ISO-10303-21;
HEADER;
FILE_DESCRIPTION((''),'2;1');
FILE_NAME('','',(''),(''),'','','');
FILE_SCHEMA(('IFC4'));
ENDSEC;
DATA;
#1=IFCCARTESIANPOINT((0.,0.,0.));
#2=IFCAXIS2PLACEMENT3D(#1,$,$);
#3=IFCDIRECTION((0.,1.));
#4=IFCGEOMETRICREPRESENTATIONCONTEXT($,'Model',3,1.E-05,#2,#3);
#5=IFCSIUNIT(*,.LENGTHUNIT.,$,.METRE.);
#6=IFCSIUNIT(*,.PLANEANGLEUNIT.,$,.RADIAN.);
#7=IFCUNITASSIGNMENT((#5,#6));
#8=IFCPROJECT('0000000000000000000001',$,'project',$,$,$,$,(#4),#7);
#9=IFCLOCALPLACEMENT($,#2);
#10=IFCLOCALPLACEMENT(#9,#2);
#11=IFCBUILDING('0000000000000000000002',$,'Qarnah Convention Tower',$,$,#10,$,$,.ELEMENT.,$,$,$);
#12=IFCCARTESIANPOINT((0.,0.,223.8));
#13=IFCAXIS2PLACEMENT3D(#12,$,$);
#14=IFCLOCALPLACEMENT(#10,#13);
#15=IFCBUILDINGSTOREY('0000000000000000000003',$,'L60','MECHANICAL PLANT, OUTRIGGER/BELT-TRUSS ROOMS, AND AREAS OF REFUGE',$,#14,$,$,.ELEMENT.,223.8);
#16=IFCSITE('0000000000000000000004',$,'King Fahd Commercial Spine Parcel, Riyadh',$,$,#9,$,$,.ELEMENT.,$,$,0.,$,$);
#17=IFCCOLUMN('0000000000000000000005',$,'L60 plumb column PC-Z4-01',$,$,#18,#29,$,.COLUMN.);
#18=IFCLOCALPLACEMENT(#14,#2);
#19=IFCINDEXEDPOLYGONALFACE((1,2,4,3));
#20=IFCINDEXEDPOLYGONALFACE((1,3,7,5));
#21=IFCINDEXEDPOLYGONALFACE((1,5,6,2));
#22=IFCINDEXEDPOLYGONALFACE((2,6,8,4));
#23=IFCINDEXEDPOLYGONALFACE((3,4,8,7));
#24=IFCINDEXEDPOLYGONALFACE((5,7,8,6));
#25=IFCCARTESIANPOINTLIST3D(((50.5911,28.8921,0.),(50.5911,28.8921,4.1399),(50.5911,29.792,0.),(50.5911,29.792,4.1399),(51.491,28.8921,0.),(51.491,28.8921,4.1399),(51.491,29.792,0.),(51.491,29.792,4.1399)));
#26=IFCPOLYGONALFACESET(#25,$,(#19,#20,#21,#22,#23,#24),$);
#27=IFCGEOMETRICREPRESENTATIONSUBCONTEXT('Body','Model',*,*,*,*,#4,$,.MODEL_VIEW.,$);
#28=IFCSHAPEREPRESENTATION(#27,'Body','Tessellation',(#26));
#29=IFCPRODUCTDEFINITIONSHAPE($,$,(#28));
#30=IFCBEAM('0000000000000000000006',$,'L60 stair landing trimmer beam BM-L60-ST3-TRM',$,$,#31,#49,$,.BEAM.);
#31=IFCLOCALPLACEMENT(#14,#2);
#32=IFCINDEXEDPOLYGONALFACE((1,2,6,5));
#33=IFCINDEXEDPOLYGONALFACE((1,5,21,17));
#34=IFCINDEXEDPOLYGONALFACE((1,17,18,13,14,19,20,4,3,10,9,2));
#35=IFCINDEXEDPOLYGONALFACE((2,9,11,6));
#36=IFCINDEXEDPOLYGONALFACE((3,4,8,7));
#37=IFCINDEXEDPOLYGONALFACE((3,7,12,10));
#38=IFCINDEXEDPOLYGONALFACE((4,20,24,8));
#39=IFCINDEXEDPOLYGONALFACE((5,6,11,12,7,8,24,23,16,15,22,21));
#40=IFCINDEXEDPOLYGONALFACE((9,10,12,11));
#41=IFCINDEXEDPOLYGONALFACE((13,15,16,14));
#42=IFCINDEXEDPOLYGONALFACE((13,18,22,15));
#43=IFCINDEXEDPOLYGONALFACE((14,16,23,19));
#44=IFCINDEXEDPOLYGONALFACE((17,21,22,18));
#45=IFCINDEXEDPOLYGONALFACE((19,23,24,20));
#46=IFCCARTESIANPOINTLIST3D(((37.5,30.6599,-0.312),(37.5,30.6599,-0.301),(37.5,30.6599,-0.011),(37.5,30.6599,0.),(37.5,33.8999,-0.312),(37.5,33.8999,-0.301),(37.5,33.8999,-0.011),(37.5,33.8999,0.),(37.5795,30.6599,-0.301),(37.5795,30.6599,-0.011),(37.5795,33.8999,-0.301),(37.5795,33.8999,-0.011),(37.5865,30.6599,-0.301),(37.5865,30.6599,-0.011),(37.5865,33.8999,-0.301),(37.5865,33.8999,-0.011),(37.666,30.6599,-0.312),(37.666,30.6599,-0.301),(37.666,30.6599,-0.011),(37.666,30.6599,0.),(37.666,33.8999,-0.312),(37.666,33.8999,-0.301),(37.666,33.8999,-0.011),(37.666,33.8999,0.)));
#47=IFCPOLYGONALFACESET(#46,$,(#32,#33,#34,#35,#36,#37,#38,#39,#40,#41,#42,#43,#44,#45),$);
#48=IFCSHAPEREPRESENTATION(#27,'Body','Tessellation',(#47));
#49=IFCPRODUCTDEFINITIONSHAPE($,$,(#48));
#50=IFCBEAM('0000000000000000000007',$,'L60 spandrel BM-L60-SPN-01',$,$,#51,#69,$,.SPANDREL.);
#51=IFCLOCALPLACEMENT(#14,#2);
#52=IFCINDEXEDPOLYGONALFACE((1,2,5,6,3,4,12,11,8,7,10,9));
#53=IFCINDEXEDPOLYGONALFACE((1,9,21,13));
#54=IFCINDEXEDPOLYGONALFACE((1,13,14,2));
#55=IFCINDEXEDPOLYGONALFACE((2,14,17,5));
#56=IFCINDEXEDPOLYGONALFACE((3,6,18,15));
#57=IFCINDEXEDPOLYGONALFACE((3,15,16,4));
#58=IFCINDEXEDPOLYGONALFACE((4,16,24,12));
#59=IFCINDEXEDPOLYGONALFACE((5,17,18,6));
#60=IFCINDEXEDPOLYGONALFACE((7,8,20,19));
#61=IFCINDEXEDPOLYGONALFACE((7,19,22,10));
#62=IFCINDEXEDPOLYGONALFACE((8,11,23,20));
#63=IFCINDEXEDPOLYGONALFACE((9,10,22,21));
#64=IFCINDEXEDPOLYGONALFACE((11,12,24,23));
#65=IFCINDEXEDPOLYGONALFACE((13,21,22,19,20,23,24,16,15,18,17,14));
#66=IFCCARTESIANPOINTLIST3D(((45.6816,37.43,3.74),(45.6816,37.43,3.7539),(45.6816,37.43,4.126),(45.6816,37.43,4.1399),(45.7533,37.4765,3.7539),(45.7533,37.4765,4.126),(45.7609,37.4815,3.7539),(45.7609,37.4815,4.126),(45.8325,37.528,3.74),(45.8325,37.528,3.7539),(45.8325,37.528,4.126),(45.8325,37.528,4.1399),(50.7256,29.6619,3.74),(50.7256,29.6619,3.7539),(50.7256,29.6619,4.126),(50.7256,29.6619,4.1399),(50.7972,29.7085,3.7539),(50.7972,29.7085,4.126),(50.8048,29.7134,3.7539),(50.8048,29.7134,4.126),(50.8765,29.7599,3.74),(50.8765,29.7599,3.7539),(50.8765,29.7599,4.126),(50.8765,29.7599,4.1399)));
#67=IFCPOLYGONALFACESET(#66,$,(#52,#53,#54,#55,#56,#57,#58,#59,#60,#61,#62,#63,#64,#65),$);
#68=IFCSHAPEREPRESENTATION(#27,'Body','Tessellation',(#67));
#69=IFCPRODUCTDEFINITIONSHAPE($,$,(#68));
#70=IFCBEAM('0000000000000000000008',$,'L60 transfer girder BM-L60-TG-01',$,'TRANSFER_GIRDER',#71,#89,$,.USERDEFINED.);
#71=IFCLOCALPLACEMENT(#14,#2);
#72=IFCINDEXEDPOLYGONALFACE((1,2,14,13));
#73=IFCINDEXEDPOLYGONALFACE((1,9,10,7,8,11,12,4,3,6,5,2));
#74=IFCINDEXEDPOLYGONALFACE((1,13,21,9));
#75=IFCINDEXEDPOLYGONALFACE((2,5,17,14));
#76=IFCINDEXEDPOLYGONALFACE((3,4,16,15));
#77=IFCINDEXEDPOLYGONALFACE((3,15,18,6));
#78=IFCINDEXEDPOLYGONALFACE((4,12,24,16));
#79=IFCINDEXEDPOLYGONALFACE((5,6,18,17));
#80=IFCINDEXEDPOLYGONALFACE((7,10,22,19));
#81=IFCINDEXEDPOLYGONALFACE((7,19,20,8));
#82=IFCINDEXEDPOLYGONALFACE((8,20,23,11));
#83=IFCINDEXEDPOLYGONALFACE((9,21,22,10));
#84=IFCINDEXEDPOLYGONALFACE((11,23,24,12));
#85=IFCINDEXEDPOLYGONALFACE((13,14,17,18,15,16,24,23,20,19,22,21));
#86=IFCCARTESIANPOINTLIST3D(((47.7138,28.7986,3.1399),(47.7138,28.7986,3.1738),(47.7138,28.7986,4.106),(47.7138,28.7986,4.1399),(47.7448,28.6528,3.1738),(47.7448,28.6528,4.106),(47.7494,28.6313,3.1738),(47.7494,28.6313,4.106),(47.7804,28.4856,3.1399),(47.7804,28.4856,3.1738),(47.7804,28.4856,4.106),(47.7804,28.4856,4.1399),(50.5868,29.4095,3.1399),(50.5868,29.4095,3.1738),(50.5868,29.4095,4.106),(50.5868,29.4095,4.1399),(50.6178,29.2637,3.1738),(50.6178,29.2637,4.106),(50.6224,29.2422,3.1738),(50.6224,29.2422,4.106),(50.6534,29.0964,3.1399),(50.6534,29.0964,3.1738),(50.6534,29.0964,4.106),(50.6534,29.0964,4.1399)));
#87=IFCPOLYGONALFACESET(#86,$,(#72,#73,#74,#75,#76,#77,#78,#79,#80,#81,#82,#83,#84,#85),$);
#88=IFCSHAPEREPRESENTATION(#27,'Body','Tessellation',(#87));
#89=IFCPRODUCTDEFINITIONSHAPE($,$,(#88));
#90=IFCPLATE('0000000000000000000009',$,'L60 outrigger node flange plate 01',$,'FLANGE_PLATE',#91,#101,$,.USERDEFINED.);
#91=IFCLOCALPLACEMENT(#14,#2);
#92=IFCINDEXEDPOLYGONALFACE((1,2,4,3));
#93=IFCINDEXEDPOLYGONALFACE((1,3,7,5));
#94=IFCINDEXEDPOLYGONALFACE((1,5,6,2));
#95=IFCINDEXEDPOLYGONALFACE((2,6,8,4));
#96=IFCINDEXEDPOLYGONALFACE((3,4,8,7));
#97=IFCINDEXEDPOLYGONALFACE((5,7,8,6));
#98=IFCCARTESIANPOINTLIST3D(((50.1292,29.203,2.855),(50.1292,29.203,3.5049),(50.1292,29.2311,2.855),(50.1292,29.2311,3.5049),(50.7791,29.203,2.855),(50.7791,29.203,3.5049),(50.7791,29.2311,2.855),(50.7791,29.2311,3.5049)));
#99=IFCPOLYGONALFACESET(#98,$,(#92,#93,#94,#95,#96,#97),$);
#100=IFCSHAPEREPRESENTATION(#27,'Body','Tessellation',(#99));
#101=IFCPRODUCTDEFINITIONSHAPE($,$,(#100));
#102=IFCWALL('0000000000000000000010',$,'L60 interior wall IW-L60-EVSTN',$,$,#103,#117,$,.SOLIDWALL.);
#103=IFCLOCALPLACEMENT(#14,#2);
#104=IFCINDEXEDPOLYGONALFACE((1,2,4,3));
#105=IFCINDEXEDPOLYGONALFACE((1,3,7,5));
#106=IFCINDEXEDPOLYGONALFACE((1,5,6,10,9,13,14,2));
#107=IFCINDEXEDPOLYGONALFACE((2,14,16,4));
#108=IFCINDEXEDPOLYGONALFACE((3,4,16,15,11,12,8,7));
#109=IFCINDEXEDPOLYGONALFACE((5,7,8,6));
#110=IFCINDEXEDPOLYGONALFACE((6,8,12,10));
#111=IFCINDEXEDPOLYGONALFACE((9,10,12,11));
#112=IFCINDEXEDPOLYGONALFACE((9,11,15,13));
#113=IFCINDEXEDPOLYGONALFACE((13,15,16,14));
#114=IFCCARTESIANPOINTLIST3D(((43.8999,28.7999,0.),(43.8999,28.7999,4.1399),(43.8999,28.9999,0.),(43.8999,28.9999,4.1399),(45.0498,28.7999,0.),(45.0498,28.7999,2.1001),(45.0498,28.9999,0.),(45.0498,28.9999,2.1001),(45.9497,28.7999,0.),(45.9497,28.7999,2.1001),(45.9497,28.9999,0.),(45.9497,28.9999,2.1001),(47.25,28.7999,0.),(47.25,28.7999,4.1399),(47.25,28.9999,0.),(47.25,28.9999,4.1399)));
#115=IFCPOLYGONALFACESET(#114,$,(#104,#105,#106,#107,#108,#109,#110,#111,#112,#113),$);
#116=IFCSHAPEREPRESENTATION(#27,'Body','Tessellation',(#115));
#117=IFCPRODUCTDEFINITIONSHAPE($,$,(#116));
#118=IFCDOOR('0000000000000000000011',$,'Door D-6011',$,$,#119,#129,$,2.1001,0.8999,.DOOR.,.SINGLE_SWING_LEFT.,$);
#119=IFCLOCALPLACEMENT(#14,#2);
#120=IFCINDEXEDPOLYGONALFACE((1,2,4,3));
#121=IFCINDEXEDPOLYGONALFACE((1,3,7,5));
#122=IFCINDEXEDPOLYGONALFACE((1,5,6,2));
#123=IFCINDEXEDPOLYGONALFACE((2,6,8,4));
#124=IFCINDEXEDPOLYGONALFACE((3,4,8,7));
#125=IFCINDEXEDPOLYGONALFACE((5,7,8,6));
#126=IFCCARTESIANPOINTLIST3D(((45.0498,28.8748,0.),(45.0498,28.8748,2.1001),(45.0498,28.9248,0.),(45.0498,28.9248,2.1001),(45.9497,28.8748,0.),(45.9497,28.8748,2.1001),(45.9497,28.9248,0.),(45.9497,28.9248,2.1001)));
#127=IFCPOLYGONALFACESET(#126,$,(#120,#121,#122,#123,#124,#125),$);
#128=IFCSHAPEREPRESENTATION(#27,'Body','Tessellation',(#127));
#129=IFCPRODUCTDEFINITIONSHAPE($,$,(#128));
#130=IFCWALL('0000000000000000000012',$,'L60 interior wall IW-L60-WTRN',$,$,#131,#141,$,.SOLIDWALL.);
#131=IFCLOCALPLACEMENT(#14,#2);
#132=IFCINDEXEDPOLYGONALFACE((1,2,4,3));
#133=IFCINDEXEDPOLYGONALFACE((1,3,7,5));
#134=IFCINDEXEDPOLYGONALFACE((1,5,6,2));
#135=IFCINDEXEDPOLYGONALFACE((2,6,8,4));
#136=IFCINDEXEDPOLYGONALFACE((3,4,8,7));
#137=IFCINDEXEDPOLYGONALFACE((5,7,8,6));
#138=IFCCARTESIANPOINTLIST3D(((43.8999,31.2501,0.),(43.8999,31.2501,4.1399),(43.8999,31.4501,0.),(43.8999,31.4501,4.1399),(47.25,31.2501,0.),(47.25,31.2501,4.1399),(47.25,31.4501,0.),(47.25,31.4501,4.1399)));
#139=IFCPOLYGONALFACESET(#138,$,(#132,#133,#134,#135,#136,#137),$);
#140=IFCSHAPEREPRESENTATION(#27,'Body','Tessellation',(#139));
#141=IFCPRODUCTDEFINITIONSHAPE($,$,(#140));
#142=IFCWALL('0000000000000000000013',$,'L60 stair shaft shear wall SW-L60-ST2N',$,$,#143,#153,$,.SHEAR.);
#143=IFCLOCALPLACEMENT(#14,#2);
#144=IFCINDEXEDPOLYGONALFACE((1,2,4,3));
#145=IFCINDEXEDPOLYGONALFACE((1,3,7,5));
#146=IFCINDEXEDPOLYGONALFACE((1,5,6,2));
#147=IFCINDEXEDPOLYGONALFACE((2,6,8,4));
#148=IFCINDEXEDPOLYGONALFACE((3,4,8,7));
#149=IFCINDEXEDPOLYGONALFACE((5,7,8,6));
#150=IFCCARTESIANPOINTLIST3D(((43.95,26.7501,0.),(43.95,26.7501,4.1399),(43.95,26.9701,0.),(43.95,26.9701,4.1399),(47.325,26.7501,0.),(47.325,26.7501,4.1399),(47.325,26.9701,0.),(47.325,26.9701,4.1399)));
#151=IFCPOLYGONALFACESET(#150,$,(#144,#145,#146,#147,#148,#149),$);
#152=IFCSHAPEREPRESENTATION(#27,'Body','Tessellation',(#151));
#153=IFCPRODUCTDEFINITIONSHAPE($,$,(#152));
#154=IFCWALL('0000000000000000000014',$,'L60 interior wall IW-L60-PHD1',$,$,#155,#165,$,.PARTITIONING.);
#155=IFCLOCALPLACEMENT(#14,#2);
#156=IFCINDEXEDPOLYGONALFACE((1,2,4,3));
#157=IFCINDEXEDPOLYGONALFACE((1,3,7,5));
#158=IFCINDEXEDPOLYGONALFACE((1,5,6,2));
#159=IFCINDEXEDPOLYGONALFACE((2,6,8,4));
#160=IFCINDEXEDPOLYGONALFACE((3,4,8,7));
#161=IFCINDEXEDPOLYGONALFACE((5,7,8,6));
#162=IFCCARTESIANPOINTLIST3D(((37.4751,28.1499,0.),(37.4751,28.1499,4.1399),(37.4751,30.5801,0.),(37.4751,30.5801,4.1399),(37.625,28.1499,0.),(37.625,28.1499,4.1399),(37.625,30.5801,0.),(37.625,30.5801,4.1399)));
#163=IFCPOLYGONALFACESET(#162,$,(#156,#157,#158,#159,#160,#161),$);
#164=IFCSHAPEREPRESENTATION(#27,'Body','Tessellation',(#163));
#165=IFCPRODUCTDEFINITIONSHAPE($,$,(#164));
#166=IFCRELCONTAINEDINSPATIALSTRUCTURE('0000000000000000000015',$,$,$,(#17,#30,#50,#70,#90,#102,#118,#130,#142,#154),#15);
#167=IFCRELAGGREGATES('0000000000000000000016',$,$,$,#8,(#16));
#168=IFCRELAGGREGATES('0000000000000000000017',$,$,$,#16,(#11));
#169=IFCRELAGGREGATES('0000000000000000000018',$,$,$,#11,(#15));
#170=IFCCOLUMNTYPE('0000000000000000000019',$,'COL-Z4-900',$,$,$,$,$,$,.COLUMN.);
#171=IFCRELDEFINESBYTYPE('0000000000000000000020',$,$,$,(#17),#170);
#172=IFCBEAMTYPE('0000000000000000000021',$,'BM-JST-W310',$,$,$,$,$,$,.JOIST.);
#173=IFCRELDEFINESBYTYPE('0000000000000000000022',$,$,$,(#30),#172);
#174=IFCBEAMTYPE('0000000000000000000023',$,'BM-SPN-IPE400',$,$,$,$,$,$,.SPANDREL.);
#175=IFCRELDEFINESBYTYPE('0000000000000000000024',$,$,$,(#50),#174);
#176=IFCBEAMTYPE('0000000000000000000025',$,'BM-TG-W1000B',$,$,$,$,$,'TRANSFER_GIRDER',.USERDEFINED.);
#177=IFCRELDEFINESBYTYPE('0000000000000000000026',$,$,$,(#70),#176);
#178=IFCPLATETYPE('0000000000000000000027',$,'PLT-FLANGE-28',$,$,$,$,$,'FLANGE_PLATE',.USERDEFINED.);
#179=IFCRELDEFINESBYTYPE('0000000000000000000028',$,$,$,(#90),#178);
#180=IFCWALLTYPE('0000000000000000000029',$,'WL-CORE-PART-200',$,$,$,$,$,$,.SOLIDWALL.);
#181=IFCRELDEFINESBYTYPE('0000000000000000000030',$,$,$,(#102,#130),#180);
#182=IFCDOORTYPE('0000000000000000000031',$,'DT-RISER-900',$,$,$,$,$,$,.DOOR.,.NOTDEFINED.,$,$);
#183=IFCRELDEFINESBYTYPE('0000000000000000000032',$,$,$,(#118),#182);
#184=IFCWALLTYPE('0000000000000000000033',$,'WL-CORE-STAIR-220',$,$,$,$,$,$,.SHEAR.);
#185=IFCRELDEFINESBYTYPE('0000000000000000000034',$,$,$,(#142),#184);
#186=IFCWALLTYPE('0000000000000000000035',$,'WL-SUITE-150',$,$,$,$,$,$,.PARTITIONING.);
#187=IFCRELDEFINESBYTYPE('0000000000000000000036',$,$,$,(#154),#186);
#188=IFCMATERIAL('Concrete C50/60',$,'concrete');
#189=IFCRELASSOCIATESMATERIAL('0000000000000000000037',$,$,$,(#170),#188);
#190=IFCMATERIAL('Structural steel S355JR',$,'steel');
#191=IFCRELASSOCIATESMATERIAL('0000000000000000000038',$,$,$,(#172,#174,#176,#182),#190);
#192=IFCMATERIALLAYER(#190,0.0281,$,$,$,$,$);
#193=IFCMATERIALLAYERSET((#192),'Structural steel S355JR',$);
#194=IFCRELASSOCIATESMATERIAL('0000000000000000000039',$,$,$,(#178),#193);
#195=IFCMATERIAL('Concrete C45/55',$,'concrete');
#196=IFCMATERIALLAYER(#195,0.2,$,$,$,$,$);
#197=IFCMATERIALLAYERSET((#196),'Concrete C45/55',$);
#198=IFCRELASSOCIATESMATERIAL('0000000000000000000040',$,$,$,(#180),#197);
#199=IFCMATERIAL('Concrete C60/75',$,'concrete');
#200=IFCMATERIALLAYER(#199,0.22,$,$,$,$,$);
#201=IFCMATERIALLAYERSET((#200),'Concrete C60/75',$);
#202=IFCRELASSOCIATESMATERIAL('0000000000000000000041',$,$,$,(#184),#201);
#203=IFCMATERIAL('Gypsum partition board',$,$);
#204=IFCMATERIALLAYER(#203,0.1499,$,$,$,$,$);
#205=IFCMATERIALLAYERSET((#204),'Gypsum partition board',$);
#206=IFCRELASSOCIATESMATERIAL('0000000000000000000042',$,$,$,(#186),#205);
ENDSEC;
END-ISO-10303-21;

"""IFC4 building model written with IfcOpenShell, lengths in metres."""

from ifc_helpers import new_model, si_unit, direction, frame, frame_2d, origin, origin_2d, place, context, subcontext, project, spatial, rectangle, i_section, extrude, material, layer, layer_set, material_profile, profile_set, type_object, element, fill, save


model = new_model("IFC4")

# Units and contexts
model_context = context("Model", 3, precision=1e-05, world=origin(), true_north=direction((0.0, 1.0)))
body_context = subcontext(model_context, "Body", "Model", "MODEL_VIEW")
ifc_project = project(units=[si_unit("LENGTHUNIT", "METRE"), si_unit("PLANEANGLEUNIT", "RADIAN")], contexts=[model_context])

# Site, building, storey
site_placement = place(None, origin())
site = spatial("IfcSite", under=ifc_project, at=site_placement, Name="King Fahd Commercial Spine Parcel, Riyadh", CompositionType="ELEMENT", RefElevation=0.0)
building_placement = place(site_placement, origin())
building = spatial("IfcBuilding", under=site, at=building_placement, Name="Qarnah Convention Tower", CompositionType="ELEMENT")
storey_placement = place(building_placement, frame((0.0, 0.0, 223.8)))
storey = spatial("IfcBuildingStorey", under=building, at=storey_placement, Name="L60", Description="MECHANICAL PLANT, OUTRIGGER/BELT-TRUSS ROOMS, AND AREAS OF REFUGE", CompositionType="ELEMENT", Elevation=223.8)

# Column
ifc_material_1 = material(Name="Concrete C50/60", Category="concrete")
ifc_material_profile_1 = material_profile(ifc_material_1, rectangle(XDim=0.8999, YDim=0.8999, at=origin_2d()), Name="RC-COL-900X900")
ifc_profile_set_1 = profile_set([ifc_material_profile_1], Name="Concrete C50/60")
column_type = type_object("IfcColumnType", Name="COL-Z4-900", PredefinedType="COLUMN", material=ifc_profile_set_1)
column_placement = place(storey_placement, frame((51.041, 29.342, 0.0), z_axis=(0.0, 0.0, 1.0), x_axis=(1.0, 0.0, 0.0)))
element("IfcColumn", 1, at=column_placement, inside=storey, type_object=column_type, Name="L60 plumb column PC-Z4-01", PredefinedType="COLUMN", context=body_context, shape_type="SweptSolid", body=[
    extrude(rectangle(XDim=0.8999, YDim=0.8999, at=origin_2d()), origin(), (0.0, 0.0, 1.0), 4.1399),
])

# Beams
ifc_material_2 = material(Name="Structural steel S355JR", Category="steel")
ifc_material_profile_2 = material_profile(ifc_material_2, i_section(OverallWidth=0.166, OverallDepth=0.312, WebThickness=0.0071, FlangeThickness=0.011, at=origin_2d()), Name="W310X45")
ifc_profile_set_2 = profile_set([ifc_material_profile_2], Name="Structural steel S355JR")
beam_type_1 = type_object("IfcBeamType", Name="BM-JST-W310", PredefinedType="JOIST", material=ifc_profile_set_2)
beam_1_placement = place(storey_placement, frame((37.583, 30.6599, -0.156), z_axis=(0.0, 1.0, 0.0), x_axis=(-1.0, 0.0, 0.0)))
element("IfcBeam", 2, at=beam_1_placement, inside=storey, type_object=beam_type_1, Name="L60 stair landing trimmer beam BM-L60-ST3-TRM", PredefinedType="BEAM", context=body_context, shape_type="SweptSolid", body=[
    extrude(i_section(OverallWidth=0.166, OverallDepth=0.312, WebThickness=0.0071, FlangeThickness=0.011, at=origin_2d()), origin(), (0.0, 0.0, 1.0), 3.24),
])
ifc_material_profile_3 = material_profile(ifc_material_2, i_section(OverallWidth=0.1799, OverallDepth=0.3999, WebThickness=0.009, FlangeThickness=0.0139, at=origin_2d()), Name="IPE400")
ifc_profile_set_3 = profile_set([ifc_material_profile_3], Name="Structural steel S355JR")
beam_type_2 = type_object("IfcBeamType", Name="BM-SPN-IPE400", PredefinedType="SPANDREL", material=ifc_profile_set_3)
beam_2_placement = place(storey_placement, frame((50.801, 29.7109, 3.9399), z_axis=(-0.544586, 0.838705, 0.0), x_axis=(-0.838705, -0.544586, 0.0)))
element("IfcBeam", 3, at=beam_2_placement, inside=storey, type_object=beam_type_2, Name="L60 spandrel BM-L60-SPN-01", PredefinedType="SPANDREL", context=body_context, shape_type="SweptSolid", body=[
    extrude(i_section(OverallWidth=0.1799, OverallDepth=0.3999, WebThickness=0.009, FlangeThickness=0.0139, at=origin_2d()), origin(), (0.0, 0.0, 1.0), 9.262),
])
ifc_material_profile_4 = material_profile(ifc_material_2, i_section(OverallWidth=0.3201, OverallDepth=1.0, WebThickness=0.022, FlangeThickness=0.0339, at=origin_2d()), Name="W1000X371")
ifc_profile_set_4 = profile_set([ifc_material_profile_4], Name="Structural steel S355JR")
beam_type_3 = type_object("IfcBeamType", Name="BM-TG-W1000B", ElementType="TRANSFER_GIRDER", PredefinedType="USERDEFINED", material=ifc_profile_set_4)
beam_3_placement = place(storey_placement, frame((47.7471, 28.6421, 3.6399), z_axis=(0.978137, 0.207962, 0.0), x_axis=(-0.207962, 0.978137, 0.0)))
element("IfcBeam", 4, at=beam_3_placement, inside=storey, type_object=beam_type_3, Name="L60 transfer girder BM-L60-TG-01", ObjectType="TRANSFER_GIRDER", PredefinedType="USERDEFINED", context=body_context, shape_type="SweptSolid", body=[
    extrude(i_section(OverallWidth=0.3201, OverallDepth=1.0, WebThickness=0.022, FlangeThickness=0.0339, at=origin_2d()), origin(), (0.0, 0.0, 1.0), 2.9373),
])

# Plate
ifc_layer_1 = layer(ifc_material_2, 0.0281)
ifc_layer_set_1 = layer_set([ifc_layer_1], Name="Structural steel S355JR")
plate_type = type_object("IfcPlateType", Name="PLT-FLANGE-28", ElementType="FLANGE_PLATE", PredefinedType="USERDEFINED", material=ifc_layer_set_1)
plate_placement = place(storey_placement, frame((50.4541, 29.217, 2.855), z_axis=(0.0, 0.0, 1.0), x_axis=(1.0, 0.0, 0.0)))
element("IfcPlate", 5, at=plate_placement, inside=storey, type_object=plate_type, Name="L60 outrigger node flange plate 01", ObjectType="FLANGE_PLATE", PredefinedType="USERDEFINED", context=body_context, shape_type="SweptSolid", body=[
    extrude(rectangle(XDim=0.6499, YDim=0.0281, at=origin_2d()), origin(), (0.0, 0.0, 1.0), 0.6499),
])

# Wall, opening, door
ifc_material_3 = material(Name="Concrete C45/55", Category="concrete")
ifc_layer_2 = layer(ifc_material_3, 0.2)
ifc_layer_set_2 = layer_set([ifc_layer_2], Name="Concrete C45/55")
wall_type_1 = type_object("IfcWallType", Name="WL-CORE-PART-200", PredefinedType="SOLIDWALL", material=ifc_layer_set_2)
wall_1_placement = place(storey_placement, frame((43.8999, 28.8999, 0.0), z_axis=(0.0, 0.0, 1.0), x_axis=(1.0, 0.0, 0.0)))
wall_1 = element("IfcWall", 6, at=wall_1_placement, inside=storey, type_object=wall_type_1, Name="L60 interior wall IW-L60-EVSTN", PredefinedType="SOLIDWALL", context=body_context, shape_type="SweptSolid", body=[
    extrude(rectangle(XDim=3.3501, YDim=0.2, at=frame_2d((1.675, 0.0))), origin(), (0.0, 0.0, 1.0), 4.1399),
])
opening_1_placement = place(wall_1_placement, frame((1.1499, 0.0, 0.0)))
opening_1 = element("IfcOpeningElement", 7, at=opening_1_placement, cuts=wall_1, PredefinedType="OPENING", context=body_context, shape_type="SweptSolid", body=[
    extrude(rectangle(XDim=0.8999, YDim=2.1001, at=frame_2d((0.45, 1.05))), frame((0.0, 0.1099, 0.0), z_axis=(0.0, -1.0, 0.0), x_axis=(1.0, 0.0, 0.0)), (0.0, 0.0, 1.0), 0.22),
])
door_type_1 = type_object("IfcDoorType", Name="DT-RISER-900", OperationType="NOTDEFINED", PredefinedType="DOOR", material=ifc_material_2)
door_1_placement = place(opening_1_placement, origin())
door_1 = element("IfcDoor", 8, at=door_1_placement, inside=storey, type_object=door_type_1, Name="Door D-6011", OperationType="SINGLE_SWING_LEFT", OverallHeight=2.1001, OverallWidth=0.8999, PredefinedType="DOOR", context=body_context, shape_type="SweptSolid", body=[
    extrude(rectangle(XDim=0.8999, YDim=2.1001, at=frame_2d((0.45, 1.05))), frame((0.0, 0.0249, 0.0), z_axis=(0.0, -1.0, 0.0), x_axis=(1.0, 0.0, 0.0)), (0.0, 0.0, 1.0), 0.05),
])
fill(opening_1, door_1)

# Walls
wall_2_placement = place(storey_placement, frame((43.8999, 31.3501, 0.0), z_axis=(0.0, 0.0, 1.0), x_axis=(1.0, 0.0, 0.0)))
element("IfcWall", 9, at=wall_2_placement, inside=storey, type_object=wall_type_1, Name="L60 interior wall IW-L60-WTRN", PredefinedType="SOLIDWALL", context=body_context, shape_type="SweptSolid", body=[
    extrude(rectangle(XDim=3.3501, YDim=0.2, at=frame_2d((1.675, 0.0))), origin(), (0.0, 0.0, 1.0), 4.1399),
])
ifc_material_4 = material(Name="Concrete C60/75", Category="concrete")
ifc_layer_3 = layer(ifc_material_4, 0.22)
ifc_layer_set_3 = layer_set([ifc_layer_3], Name="Concrete C60/75")
wall_type_2 = type_object("IfcWallType", Name="WL-CORE-STAIR-220", PredefinedType="SHEAR", material=ifc_layer_set_3)
wall_3_placement = place(storey_placement, frame((43.95, 26.8601, 0.0), z_axis=(0.0, 0.0, 1.0), x_axis=(1.0, 0.0, 0.0)))
element("IfcWall", 10, at=wall_3_placement, inside=storey, type_object=wall_type_2, Name="L60 stair shaft shear wall SW-L60-ST2N", PredefinedType="SHEAR", context=body_context, shape_type="SweptSolid", body=[
    extrude(rectangle(XDim=3.375, YDim=0.22, at=frame_2d((1.6875, 0.0))), origin(), (0.0, 0.0, 1.0), 4.1399),
])
ifc_material_5 = material(Name="Gypsum partition board")
ifc_layer_4 = layer(ifc_material_5, 0.1499)
ifc_layer_set_4 = layer_set([ifc_layer_4], Name="Gypsum partition board")
wall_type_3 = type_object("IfcWallType", Name="WL-SUITE-150", PredefinedType="PARTITIONING", material=ifc_layer_set_4)
for number, where, z_axis, x_axis, name in (
    (11, (37.55, 28.1499, 0.0), (0.0, 0.0, 1.0), (0.0, 1.0, 0.0), "L60 interior wall IW-L60-PHD1"),
):
    element("IfcWall", number, at=place(storey_placement, frame(where, z_axis=z_axis, x_axis=x_axis)), inside=storey, type_object=wall_type_3, Name=name, PredefinedType="PARTITIONING", context=body_context, shape_type="SweptSolid", body=[
        extrude(rectangle(XDim=2.4302, YDim=0.1499, at=frame_2d((1.2151, 0.0))), origin(), (0.0, 0.0, 1.0), 4.1399),
    ])

save(model, "model.ifc")
